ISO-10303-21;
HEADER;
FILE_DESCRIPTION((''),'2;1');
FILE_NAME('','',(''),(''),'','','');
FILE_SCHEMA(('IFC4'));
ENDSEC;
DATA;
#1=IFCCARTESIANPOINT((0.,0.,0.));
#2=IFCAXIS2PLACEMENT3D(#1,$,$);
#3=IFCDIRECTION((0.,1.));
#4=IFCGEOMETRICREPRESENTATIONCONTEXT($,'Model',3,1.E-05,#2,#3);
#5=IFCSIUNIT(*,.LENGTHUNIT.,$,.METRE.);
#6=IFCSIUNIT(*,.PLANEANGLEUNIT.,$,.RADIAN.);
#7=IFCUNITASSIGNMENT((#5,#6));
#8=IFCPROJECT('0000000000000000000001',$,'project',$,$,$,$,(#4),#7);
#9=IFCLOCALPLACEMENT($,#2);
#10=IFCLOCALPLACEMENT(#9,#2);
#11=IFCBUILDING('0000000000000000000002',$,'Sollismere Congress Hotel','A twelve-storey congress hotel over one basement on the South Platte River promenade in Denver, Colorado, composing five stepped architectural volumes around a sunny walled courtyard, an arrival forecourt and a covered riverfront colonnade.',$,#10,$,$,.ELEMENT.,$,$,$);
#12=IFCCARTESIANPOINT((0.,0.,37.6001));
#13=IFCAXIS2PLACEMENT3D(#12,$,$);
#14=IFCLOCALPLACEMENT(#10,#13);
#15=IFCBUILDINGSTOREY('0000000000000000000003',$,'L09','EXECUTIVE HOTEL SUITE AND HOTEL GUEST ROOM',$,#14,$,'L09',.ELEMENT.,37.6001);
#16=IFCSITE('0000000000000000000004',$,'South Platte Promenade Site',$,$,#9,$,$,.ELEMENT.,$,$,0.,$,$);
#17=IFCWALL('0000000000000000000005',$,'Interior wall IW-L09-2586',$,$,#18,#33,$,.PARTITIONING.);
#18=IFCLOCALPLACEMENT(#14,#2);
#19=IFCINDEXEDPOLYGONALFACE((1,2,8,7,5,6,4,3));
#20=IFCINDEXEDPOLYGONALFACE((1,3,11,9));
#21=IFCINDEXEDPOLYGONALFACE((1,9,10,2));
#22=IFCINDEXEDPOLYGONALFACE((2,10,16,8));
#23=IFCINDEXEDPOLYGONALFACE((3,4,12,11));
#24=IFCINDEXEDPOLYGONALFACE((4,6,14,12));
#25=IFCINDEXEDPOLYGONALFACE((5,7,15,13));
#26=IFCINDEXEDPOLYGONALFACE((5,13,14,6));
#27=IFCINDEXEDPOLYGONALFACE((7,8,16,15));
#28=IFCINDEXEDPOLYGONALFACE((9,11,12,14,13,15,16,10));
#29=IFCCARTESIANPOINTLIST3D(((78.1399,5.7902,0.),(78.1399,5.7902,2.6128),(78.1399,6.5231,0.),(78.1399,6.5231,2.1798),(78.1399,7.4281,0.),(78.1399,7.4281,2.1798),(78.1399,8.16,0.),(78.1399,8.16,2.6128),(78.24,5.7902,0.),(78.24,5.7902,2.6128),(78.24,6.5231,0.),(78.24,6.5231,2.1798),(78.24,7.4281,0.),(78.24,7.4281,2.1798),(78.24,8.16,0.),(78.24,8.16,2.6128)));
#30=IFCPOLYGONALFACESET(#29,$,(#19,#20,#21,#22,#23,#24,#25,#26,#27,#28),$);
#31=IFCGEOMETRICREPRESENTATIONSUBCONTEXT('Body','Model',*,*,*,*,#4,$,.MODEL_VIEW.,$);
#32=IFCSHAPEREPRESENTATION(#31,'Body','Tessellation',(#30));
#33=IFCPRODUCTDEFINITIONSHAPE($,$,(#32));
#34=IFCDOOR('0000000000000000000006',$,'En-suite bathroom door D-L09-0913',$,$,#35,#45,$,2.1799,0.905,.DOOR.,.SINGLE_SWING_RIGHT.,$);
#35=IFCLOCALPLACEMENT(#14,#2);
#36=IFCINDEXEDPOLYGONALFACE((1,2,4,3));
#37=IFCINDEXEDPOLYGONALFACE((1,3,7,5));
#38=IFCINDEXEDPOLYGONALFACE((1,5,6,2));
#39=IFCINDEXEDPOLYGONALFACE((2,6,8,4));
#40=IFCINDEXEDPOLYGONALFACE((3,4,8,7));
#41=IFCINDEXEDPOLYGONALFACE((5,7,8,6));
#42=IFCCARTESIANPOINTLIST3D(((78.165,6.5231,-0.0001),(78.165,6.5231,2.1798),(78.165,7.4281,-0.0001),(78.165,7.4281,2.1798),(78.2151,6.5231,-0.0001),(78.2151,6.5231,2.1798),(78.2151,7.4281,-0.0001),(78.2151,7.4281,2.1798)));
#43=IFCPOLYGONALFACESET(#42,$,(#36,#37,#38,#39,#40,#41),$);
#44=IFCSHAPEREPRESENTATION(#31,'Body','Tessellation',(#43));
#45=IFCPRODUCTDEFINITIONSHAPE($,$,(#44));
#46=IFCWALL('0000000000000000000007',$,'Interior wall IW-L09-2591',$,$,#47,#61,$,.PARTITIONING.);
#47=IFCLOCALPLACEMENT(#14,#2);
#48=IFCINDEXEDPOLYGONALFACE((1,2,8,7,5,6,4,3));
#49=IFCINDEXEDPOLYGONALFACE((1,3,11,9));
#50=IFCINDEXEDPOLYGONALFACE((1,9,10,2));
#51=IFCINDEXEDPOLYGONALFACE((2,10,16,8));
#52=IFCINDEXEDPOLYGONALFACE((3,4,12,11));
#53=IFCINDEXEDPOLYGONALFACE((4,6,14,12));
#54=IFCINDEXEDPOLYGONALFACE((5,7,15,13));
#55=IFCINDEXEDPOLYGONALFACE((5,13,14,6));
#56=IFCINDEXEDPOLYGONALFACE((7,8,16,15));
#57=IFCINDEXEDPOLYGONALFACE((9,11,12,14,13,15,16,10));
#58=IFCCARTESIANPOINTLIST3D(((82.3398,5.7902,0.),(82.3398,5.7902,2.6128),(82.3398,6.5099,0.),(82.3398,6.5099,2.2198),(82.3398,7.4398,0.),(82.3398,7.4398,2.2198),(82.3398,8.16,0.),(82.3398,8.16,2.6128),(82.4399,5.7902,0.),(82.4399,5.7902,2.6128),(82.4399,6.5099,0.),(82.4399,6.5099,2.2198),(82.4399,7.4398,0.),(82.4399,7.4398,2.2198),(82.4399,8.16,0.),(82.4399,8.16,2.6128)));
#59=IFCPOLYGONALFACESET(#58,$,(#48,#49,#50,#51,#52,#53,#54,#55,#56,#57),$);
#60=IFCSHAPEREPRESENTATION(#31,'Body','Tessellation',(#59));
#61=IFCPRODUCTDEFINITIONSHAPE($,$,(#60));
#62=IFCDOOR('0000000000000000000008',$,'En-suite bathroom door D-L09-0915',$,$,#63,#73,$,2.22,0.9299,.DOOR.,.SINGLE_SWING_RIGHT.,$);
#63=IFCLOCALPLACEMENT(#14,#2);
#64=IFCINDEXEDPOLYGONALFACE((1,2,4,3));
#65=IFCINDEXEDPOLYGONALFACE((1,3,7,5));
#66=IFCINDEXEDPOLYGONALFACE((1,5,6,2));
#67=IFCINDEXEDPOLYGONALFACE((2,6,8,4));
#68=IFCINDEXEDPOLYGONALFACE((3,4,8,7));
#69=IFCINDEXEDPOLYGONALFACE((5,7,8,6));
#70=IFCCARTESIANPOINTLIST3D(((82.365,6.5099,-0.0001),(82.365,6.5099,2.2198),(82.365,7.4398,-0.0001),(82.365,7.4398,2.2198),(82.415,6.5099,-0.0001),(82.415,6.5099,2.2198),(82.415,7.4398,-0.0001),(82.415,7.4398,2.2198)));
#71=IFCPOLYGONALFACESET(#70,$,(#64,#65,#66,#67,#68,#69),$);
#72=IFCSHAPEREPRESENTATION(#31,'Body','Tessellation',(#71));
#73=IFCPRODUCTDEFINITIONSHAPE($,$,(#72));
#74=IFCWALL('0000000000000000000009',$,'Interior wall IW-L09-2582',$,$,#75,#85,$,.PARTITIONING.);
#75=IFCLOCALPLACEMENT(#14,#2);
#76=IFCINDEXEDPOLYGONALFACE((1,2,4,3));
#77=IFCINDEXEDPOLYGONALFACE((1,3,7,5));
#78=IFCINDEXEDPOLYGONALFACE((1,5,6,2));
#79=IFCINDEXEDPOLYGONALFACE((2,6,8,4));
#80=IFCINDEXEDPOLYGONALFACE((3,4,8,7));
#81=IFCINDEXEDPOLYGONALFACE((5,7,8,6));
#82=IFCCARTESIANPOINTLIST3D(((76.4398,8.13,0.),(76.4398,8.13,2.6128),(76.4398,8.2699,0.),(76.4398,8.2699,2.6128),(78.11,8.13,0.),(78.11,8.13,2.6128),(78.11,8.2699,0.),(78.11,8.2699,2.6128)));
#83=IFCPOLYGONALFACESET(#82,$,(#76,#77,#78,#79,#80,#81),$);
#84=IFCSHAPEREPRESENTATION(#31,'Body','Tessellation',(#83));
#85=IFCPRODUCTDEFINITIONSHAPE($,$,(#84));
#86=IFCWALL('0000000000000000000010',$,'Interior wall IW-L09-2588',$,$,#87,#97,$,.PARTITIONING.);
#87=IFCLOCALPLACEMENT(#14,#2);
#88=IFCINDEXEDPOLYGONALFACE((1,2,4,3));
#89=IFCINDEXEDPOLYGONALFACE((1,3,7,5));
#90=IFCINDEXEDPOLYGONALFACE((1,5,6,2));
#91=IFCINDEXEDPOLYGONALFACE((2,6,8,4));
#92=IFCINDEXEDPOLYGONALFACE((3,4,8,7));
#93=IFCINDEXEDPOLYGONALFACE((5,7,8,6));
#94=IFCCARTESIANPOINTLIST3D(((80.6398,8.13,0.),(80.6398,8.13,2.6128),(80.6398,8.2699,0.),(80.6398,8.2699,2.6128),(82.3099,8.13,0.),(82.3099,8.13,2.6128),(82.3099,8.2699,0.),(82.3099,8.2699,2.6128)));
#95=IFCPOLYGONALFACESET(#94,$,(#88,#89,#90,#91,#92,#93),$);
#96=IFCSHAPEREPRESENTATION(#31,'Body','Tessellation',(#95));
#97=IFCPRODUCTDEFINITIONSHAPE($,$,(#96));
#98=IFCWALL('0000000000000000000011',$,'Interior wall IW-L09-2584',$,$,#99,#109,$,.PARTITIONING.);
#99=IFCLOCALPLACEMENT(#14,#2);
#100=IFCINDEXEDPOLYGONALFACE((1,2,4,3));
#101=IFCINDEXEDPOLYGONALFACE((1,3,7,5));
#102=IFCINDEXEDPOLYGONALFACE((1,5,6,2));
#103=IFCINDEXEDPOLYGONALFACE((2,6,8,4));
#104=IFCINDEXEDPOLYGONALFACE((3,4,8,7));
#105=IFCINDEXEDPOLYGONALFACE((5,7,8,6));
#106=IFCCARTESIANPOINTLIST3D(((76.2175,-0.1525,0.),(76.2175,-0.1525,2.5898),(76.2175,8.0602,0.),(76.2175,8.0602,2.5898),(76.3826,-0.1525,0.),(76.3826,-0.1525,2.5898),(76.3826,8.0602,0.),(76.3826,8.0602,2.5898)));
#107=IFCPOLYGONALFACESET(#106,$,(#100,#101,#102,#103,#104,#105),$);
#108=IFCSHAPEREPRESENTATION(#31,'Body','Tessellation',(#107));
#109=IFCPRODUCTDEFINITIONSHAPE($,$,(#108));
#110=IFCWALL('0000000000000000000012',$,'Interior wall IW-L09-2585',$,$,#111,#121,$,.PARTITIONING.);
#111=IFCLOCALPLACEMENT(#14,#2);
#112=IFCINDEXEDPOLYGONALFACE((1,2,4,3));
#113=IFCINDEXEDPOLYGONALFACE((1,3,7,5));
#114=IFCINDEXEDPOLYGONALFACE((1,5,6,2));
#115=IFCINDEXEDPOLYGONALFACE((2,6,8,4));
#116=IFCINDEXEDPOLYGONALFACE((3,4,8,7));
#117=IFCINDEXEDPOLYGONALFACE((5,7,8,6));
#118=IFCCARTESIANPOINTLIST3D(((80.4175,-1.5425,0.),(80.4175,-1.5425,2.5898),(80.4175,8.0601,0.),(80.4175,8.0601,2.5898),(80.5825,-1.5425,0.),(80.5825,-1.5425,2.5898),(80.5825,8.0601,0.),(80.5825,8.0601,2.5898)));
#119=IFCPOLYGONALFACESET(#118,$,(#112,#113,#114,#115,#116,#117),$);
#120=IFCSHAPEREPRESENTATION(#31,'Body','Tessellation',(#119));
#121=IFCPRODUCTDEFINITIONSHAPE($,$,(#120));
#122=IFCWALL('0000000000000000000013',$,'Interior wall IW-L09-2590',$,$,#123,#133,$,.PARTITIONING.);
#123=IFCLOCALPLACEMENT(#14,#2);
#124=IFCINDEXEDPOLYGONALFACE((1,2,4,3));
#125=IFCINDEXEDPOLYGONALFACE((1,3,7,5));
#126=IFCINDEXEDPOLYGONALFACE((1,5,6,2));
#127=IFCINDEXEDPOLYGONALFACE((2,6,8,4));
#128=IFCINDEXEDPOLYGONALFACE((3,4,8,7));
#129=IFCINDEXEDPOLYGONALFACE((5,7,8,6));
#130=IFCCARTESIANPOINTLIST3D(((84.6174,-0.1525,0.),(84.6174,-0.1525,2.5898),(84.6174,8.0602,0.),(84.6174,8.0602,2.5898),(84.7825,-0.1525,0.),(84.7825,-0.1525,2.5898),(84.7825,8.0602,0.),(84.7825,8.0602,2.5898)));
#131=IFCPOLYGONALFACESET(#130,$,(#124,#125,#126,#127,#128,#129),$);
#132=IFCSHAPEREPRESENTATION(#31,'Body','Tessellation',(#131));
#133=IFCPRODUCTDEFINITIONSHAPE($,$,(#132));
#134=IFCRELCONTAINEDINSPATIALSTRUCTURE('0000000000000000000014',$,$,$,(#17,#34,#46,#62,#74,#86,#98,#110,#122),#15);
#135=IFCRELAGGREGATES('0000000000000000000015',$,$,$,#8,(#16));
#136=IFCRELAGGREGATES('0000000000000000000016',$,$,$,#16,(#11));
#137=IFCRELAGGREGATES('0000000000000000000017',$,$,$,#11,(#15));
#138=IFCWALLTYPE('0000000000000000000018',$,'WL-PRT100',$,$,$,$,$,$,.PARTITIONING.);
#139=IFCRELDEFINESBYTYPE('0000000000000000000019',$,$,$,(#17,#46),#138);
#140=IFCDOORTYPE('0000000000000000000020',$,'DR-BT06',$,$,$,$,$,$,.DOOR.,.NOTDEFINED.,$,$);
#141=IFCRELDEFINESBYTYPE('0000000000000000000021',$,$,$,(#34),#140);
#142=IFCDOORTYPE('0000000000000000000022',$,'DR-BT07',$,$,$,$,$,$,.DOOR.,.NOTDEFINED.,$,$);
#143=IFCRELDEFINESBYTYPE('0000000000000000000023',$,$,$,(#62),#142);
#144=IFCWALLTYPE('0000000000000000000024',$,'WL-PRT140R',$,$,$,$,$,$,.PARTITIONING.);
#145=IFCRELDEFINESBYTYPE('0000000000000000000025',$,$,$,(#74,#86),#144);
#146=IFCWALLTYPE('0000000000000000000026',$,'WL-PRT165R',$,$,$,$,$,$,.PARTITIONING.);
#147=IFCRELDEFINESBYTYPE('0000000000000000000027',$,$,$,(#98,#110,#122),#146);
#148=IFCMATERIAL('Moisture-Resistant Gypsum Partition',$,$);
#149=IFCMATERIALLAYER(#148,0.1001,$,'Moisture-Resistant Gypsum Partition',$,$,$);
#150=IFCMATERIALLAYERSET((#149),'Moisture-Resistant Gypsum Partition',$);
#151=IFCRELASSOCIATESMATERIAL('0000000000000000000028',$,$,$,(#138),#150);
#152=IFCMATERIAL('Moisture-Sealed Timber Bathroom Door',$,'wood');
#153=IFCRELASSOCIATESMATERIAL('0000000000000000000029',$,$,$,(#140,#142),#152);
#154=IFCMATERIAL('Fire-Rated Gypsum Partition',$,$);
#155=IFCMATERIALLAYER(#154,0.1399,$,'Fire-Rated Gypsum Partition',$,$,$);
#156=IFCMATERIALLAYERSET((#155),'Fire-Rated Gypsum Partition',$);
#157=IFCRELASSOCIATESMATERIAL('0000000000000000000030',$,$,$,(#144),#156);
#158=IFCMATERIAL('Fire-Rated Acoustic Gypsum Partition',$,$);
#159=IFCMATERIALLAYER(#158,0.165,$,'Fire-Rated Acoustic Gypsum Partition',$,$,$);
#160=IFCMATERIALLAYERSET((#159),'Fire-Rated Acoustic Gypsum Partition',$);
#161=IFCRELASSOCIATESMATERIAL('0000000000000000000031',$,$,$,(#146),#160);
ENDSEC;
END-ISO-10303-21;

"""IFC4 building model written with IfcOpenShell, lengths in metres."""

from ifc_helpers import new_model, si_unit, direction, frame, frame_2d, origin, place, context, subcontext, project, spatial, rectangle, extrude, material, layer, layer_set, type_object, element, fill, save


model = new_model("IFC4")

# Units and contexts
model_context = context("Model", 3, precision=1e-05, world=origin(), true_north=direction((0.0, 1.0)))
body_context = subcontext(model_context, "Body", "Model", "MODEL_VIEW")
ifc_project = project(units=[si_unit("LENGTHUNIT", "METRE"), si_unit("PLANEANGLEUNIT", "RADIAN")], contexts=[model_context])

# Site, building, storey
site_placement = place(None, origin())
site = spatial("IfcSite", under=ifc_project, at=site_placement, Name="South Platte Promenade Site", CompositionType="ELEMENT", RefElevation=0.0)
building_placement = place(site_placement, origin())
building = spatial("IfcBuilding", under=site, at=building_placement, Name="Sollismere Congress Hotel", Description="A twelve-storey congress hotel over one basement on the South Platte River promenade in Denver, Colorado, composing five stepped architectural volumes around a sunny walled courtyard, an arrival forecourt and a covered riverfront colonnade.", CompositionType="ELEMENT")
storey_placement = place(building_placement, frame((0.0, 0.0, 37.6001)))
storey = spatial("IfcBuildingStorey", under=building, at=storey_placement, Name="L09", Description="EXECUTIVE HOTEL SUITE AND HOTEL GUEST ROOM", LongName="L09", CompositionType="ELEMENT", Elevation=37.6001)

# Walls, openings, doors
ifc_material_1 = material(Name="Moisture-Resistant Gypsum Partition")
ifc_layer_1 = layer(ifc_material_1, 0.1001, Name="Moisture-Resistant Gypsum Partition")
ifc_layer_set_1 = layer_set([ifc_layer_1], Name="Moisture-Resistant Gypsum Partition")
wall_type_1 = type_object("IfcWallType", Name="WL-PRT100", PredefinedType="PARTITIONING", material=ifc_layer_set_1)
wall_1_placement = place(storey_placement, frame((78.1899, 5.79, 0.0), z_axis=(0.0, 0.0, 1.0), x_axis=(0.0, 1.0, 0.0)))
wall_1 = element("IfcWall", 1, at=wall_1_placement, inside=storey, type_object=wall_type_1, Name="Interior wall IW-L09-2586", PredefinedType="PARTITIONING", context=body_context, shape_type="SweptSolid", body=[
    extrude(rectangle(XDim=2.3699, YDim=0.1001, at=frame_2d((1.1851, 0.0))), origin(), (0.0, 0.0, 1.0), 2.6128),
])
opening_1_placement = place(wall_1_placement, frame((0.7329, 0.0, 0.0)))
opening_1 = element("IfcOpeningElement", 2, at=opening_1_placement, cuts=wall_1, PredefinedType="OPENING", context=body_context, shape_type="SweptSolid", body=[
    extrude(rectangle(XDim=0.905, YDim=2.1799, at=frame_2d((0.4526, 1.0898))), frame((0.0, 0.0601, 0.0), z_axis=(0.0, -1.0, 0.0), x_axis=(1.0, 0.0, 0.0)), (0.0, 0.0, 1.0), 0.1201),
])
ifc_material_2 = material(Name="Moisture-Sealed Timber Bathroom Door", Category="wood")
door_type_1 = type_object("IfcDoorType", Name="DR-BT06", OperationType="NOTDEFINED", PredefinedType="DOOR", material=ifc_material_2)
door_1_placement = place(opening_1_placement, origin())
door_1 = element("IfcDoor", 3, at=door_1_placement, inside=storey, type_object=door_type_1, Name="En-suite bathroom door D-L09-0913", OperationType="SINGLE_SWING_RIGHT", OverallHeight=2.1799, OverallWidth=0.905, PredefinedType="DOOR", context=body_context, shape_type="SweptSolid", body=[
    extrude(rectangle(XDim=0.905, YDim=2.1799, at=frame_2d((0.4526, 1.0898))), frame((0.0, 0.0249, 0.0), z_axis=(0.0, -1.0, 0.0), x_axis=(1.0, 0.0, 0.0)), (0.0, 0.0, 1.0), 0.05),
])
fill(opening_1, door_1)
wall_2_placement = place(storey_placement, frame((82.3899, 5.79, 0.0), z_axis=(0.0, 0.0, 1.0), x_axis=(0.0, 1.0, 0.0)))
wall_2 = element("IfcWall", 4, at=wall_2_placement, inside=storey, type_object=wall_type_1, Name="Interior wall IW-L09-2591", PredefinedType="PARTITIONING", context=body_context, shape_type="SweptSolid", body=[
    extrude(rectangle(XDim=2.3699, YDim=0.1001, at=frame_2d((1.1851, 0.0))), origin(), (0.0, 0.0, 1.0), 2.6128),
])
opening_2_placement = place(wall_2_placement, frame((0.72, 0.0, 0.0)))
opening_2 = element("IfcOpeningElement", 5, at=opening_2_placement, cuts=wall_2, PredefinedType="OPENING", context=body_context, shape_type="SweptSolid", body=[
    extrude(rectangle(XDim=0.9299, YDim=2.22, at=frame_2d((0.4648, 1.1099))), frame((0.0, 0.0601, 0.0), z_axis=(0.0, -1.0, 0.0), x_axis=(1.0, 0.0, 0.0)), (0.0, 0.0, 1.0), 0.1201),
])
door_type_2 = type_object("IfcDoorType", Name="DR-BT07", OperationType="NOTDEFINED", PredefinedType="DOOR", material=ifc_material_2)
door_2_placement = place(opening_2_placement, origin())
door_2 = element("IfcDoor", 6, at=door_2_placement, inside=storey, type_object=door_type_2, Name="En-suite bathroom door D-L09-0915", OperationType="SINGLE_SWING_RIGHT", OverallHeight=2.22, OverallWidth=0.9299, PredefinedType="DOOR", context=body_context, shape_type="SweptSolid", body=[
    extrude(rectangle(XDim=0.9299, YDim=2.22, at=frame_2d((0.4648, 1.1099))), frame((0.0, 0.0249, 0.0), z_axis=(0.0, -1.0, 0.0), x_axis=(1.0, 0.0, 0.0)), (0.0, 0.0, 1.0), 0.05),
])
fill(opening_2, door_2)

# Wall
ifc_material_3 = material(Name="Fire-Rated Gypsum Partition")
ifc_layer_2 = layer(ifc_material_3, 0.1399, Name="Fire-Rated Gypsum Partition")
ifc_layer_set_2 = layer_set([ifc_layer_2], Name="Fire-Rated Gypsum Partition")
wall_type_2 = type_object("IfcWallType", Name="WL-PRT140R", PredefinedType="PARTITIONING", material=ifc_layer_set_2)
wall_3_placement = place(storey_placement, frame((76.4399, 8.2, 0.0), z_axis=(0.0, 0.0, 1.0), x_axis=(1.0, 0.0, 0.0)))
element("IfcWall", 7, at=wall_3_placement, inside=storey, type_object=wall_type_2, Name="Interior wall IW-L09-2582", PredefinedType="PARTITIONING", context=body_context, shape_type="SweptSolid", body=[
    extrude(rectangle(XDim=1.6702, YDim=0.1399, at=frame_2d((0.835, 0.0))), origin(), (0.0, 0.0, 1.0), 2.6128),
])

# Walls
wall_4_placement = place(storey_placement, frame((80.6399, 8.2, 0.0), z_axis=(0.0, 0.0, 1.0), x_axis=(1.0, 0.0, 0.0)))
element("IfcWall", 8, at=wall_4_placement, inside=storey, type_object=wall_type_2, Name="Interior wall IW-L09-2588", PredefinedType="PARTITIONING", context=body_context, shape_type="SweptSolid", body=[
    extrude(rectangle(XDim=1.6702, YDim=0.1399, at=frame_2d((0.835, 0.0))), origin(), (0.0, 0.0, 1.0), 2.6128),
])
ifc_material_4 = material(Name="Fire-Rated Acoustic Gypsum Partition")
ifc_layer_3 = layer(ifc_material_4, 0.165, Name="Fire-Rated Acoustic Gypsum Partition")
ifc_layer_set_3 = layer_set([ifc_layer_3], Name="Fire-Rated Acoustic Gypsum Partition")
wall_type_3 = type_object("IfcWallType", Name="WL-PRT165R", PredefinedType="PARTITIONING", material=ifc_layer_set_3)
wall_5_placement = place(storey_placement, frame((76.3, -0.1526, 0.0), z_axis=(0.0, 0.0, 1.0), x_axis=(0.0, 1.0, 0.0)))
element("IfcWall", 9, at=wall_5_placement, inside=storey, type_object=wall_type_3, Name="Interior wall IW-L09-2584", PredefinedType="PARTITIONING", context=body_context, shape_type="SweptSolid", body=[
    extrude(rectangle(XDim=8.2126, YDim=0.165, at=frame_2d((4.1064, 0.0))), origin(), (0.0, 0.0, 1.0), 2.5898),
])
wall_6_placement = place(storey_placement, frame((80.5, -1.5425, 0.0), z_axis=(0.0, 0.0, 1.0), x_axis=(0.0, 1.0, 0.0)))
element("IfcWall", 10, at=wall_6_placement, inside=storey, type_object=wall_type_3, Name="Interior wall IW-L09-2585", PredefinedType="PARTITIONING", context=body_context, shape_type="SweptSolid", body=[
    extrude(rectangle(XDim=9.6025, YDim=0.165, at=frame_2d((4.8013, 0.0))), origin(), (0.0, 0.0, 1.0), 2.5898),
])
wall_7_placement = place(storey_placement, frame((84.7, -0.1526, 0.0), z_axis=(0.0, 0.0, 1.0), x_axis=(0.0, 1.0, 0.0)))
element("IfcWall", 11, at=wall_7_placement, inside=storey, type_object=wall_type_3, Name="Interior wall IW-L09-2590", PredefinedType="PARTITIONING", context=body_context, shape_type="SweptSolid", body=[
    extrude(rectangle(XDim=8.2126, YDim=0.165, at=frame_2d((4.1064, 0.0))), origin(), (0.0, 0.0, 1.0), 2.5898),
])

save(model, "model.ifc")
